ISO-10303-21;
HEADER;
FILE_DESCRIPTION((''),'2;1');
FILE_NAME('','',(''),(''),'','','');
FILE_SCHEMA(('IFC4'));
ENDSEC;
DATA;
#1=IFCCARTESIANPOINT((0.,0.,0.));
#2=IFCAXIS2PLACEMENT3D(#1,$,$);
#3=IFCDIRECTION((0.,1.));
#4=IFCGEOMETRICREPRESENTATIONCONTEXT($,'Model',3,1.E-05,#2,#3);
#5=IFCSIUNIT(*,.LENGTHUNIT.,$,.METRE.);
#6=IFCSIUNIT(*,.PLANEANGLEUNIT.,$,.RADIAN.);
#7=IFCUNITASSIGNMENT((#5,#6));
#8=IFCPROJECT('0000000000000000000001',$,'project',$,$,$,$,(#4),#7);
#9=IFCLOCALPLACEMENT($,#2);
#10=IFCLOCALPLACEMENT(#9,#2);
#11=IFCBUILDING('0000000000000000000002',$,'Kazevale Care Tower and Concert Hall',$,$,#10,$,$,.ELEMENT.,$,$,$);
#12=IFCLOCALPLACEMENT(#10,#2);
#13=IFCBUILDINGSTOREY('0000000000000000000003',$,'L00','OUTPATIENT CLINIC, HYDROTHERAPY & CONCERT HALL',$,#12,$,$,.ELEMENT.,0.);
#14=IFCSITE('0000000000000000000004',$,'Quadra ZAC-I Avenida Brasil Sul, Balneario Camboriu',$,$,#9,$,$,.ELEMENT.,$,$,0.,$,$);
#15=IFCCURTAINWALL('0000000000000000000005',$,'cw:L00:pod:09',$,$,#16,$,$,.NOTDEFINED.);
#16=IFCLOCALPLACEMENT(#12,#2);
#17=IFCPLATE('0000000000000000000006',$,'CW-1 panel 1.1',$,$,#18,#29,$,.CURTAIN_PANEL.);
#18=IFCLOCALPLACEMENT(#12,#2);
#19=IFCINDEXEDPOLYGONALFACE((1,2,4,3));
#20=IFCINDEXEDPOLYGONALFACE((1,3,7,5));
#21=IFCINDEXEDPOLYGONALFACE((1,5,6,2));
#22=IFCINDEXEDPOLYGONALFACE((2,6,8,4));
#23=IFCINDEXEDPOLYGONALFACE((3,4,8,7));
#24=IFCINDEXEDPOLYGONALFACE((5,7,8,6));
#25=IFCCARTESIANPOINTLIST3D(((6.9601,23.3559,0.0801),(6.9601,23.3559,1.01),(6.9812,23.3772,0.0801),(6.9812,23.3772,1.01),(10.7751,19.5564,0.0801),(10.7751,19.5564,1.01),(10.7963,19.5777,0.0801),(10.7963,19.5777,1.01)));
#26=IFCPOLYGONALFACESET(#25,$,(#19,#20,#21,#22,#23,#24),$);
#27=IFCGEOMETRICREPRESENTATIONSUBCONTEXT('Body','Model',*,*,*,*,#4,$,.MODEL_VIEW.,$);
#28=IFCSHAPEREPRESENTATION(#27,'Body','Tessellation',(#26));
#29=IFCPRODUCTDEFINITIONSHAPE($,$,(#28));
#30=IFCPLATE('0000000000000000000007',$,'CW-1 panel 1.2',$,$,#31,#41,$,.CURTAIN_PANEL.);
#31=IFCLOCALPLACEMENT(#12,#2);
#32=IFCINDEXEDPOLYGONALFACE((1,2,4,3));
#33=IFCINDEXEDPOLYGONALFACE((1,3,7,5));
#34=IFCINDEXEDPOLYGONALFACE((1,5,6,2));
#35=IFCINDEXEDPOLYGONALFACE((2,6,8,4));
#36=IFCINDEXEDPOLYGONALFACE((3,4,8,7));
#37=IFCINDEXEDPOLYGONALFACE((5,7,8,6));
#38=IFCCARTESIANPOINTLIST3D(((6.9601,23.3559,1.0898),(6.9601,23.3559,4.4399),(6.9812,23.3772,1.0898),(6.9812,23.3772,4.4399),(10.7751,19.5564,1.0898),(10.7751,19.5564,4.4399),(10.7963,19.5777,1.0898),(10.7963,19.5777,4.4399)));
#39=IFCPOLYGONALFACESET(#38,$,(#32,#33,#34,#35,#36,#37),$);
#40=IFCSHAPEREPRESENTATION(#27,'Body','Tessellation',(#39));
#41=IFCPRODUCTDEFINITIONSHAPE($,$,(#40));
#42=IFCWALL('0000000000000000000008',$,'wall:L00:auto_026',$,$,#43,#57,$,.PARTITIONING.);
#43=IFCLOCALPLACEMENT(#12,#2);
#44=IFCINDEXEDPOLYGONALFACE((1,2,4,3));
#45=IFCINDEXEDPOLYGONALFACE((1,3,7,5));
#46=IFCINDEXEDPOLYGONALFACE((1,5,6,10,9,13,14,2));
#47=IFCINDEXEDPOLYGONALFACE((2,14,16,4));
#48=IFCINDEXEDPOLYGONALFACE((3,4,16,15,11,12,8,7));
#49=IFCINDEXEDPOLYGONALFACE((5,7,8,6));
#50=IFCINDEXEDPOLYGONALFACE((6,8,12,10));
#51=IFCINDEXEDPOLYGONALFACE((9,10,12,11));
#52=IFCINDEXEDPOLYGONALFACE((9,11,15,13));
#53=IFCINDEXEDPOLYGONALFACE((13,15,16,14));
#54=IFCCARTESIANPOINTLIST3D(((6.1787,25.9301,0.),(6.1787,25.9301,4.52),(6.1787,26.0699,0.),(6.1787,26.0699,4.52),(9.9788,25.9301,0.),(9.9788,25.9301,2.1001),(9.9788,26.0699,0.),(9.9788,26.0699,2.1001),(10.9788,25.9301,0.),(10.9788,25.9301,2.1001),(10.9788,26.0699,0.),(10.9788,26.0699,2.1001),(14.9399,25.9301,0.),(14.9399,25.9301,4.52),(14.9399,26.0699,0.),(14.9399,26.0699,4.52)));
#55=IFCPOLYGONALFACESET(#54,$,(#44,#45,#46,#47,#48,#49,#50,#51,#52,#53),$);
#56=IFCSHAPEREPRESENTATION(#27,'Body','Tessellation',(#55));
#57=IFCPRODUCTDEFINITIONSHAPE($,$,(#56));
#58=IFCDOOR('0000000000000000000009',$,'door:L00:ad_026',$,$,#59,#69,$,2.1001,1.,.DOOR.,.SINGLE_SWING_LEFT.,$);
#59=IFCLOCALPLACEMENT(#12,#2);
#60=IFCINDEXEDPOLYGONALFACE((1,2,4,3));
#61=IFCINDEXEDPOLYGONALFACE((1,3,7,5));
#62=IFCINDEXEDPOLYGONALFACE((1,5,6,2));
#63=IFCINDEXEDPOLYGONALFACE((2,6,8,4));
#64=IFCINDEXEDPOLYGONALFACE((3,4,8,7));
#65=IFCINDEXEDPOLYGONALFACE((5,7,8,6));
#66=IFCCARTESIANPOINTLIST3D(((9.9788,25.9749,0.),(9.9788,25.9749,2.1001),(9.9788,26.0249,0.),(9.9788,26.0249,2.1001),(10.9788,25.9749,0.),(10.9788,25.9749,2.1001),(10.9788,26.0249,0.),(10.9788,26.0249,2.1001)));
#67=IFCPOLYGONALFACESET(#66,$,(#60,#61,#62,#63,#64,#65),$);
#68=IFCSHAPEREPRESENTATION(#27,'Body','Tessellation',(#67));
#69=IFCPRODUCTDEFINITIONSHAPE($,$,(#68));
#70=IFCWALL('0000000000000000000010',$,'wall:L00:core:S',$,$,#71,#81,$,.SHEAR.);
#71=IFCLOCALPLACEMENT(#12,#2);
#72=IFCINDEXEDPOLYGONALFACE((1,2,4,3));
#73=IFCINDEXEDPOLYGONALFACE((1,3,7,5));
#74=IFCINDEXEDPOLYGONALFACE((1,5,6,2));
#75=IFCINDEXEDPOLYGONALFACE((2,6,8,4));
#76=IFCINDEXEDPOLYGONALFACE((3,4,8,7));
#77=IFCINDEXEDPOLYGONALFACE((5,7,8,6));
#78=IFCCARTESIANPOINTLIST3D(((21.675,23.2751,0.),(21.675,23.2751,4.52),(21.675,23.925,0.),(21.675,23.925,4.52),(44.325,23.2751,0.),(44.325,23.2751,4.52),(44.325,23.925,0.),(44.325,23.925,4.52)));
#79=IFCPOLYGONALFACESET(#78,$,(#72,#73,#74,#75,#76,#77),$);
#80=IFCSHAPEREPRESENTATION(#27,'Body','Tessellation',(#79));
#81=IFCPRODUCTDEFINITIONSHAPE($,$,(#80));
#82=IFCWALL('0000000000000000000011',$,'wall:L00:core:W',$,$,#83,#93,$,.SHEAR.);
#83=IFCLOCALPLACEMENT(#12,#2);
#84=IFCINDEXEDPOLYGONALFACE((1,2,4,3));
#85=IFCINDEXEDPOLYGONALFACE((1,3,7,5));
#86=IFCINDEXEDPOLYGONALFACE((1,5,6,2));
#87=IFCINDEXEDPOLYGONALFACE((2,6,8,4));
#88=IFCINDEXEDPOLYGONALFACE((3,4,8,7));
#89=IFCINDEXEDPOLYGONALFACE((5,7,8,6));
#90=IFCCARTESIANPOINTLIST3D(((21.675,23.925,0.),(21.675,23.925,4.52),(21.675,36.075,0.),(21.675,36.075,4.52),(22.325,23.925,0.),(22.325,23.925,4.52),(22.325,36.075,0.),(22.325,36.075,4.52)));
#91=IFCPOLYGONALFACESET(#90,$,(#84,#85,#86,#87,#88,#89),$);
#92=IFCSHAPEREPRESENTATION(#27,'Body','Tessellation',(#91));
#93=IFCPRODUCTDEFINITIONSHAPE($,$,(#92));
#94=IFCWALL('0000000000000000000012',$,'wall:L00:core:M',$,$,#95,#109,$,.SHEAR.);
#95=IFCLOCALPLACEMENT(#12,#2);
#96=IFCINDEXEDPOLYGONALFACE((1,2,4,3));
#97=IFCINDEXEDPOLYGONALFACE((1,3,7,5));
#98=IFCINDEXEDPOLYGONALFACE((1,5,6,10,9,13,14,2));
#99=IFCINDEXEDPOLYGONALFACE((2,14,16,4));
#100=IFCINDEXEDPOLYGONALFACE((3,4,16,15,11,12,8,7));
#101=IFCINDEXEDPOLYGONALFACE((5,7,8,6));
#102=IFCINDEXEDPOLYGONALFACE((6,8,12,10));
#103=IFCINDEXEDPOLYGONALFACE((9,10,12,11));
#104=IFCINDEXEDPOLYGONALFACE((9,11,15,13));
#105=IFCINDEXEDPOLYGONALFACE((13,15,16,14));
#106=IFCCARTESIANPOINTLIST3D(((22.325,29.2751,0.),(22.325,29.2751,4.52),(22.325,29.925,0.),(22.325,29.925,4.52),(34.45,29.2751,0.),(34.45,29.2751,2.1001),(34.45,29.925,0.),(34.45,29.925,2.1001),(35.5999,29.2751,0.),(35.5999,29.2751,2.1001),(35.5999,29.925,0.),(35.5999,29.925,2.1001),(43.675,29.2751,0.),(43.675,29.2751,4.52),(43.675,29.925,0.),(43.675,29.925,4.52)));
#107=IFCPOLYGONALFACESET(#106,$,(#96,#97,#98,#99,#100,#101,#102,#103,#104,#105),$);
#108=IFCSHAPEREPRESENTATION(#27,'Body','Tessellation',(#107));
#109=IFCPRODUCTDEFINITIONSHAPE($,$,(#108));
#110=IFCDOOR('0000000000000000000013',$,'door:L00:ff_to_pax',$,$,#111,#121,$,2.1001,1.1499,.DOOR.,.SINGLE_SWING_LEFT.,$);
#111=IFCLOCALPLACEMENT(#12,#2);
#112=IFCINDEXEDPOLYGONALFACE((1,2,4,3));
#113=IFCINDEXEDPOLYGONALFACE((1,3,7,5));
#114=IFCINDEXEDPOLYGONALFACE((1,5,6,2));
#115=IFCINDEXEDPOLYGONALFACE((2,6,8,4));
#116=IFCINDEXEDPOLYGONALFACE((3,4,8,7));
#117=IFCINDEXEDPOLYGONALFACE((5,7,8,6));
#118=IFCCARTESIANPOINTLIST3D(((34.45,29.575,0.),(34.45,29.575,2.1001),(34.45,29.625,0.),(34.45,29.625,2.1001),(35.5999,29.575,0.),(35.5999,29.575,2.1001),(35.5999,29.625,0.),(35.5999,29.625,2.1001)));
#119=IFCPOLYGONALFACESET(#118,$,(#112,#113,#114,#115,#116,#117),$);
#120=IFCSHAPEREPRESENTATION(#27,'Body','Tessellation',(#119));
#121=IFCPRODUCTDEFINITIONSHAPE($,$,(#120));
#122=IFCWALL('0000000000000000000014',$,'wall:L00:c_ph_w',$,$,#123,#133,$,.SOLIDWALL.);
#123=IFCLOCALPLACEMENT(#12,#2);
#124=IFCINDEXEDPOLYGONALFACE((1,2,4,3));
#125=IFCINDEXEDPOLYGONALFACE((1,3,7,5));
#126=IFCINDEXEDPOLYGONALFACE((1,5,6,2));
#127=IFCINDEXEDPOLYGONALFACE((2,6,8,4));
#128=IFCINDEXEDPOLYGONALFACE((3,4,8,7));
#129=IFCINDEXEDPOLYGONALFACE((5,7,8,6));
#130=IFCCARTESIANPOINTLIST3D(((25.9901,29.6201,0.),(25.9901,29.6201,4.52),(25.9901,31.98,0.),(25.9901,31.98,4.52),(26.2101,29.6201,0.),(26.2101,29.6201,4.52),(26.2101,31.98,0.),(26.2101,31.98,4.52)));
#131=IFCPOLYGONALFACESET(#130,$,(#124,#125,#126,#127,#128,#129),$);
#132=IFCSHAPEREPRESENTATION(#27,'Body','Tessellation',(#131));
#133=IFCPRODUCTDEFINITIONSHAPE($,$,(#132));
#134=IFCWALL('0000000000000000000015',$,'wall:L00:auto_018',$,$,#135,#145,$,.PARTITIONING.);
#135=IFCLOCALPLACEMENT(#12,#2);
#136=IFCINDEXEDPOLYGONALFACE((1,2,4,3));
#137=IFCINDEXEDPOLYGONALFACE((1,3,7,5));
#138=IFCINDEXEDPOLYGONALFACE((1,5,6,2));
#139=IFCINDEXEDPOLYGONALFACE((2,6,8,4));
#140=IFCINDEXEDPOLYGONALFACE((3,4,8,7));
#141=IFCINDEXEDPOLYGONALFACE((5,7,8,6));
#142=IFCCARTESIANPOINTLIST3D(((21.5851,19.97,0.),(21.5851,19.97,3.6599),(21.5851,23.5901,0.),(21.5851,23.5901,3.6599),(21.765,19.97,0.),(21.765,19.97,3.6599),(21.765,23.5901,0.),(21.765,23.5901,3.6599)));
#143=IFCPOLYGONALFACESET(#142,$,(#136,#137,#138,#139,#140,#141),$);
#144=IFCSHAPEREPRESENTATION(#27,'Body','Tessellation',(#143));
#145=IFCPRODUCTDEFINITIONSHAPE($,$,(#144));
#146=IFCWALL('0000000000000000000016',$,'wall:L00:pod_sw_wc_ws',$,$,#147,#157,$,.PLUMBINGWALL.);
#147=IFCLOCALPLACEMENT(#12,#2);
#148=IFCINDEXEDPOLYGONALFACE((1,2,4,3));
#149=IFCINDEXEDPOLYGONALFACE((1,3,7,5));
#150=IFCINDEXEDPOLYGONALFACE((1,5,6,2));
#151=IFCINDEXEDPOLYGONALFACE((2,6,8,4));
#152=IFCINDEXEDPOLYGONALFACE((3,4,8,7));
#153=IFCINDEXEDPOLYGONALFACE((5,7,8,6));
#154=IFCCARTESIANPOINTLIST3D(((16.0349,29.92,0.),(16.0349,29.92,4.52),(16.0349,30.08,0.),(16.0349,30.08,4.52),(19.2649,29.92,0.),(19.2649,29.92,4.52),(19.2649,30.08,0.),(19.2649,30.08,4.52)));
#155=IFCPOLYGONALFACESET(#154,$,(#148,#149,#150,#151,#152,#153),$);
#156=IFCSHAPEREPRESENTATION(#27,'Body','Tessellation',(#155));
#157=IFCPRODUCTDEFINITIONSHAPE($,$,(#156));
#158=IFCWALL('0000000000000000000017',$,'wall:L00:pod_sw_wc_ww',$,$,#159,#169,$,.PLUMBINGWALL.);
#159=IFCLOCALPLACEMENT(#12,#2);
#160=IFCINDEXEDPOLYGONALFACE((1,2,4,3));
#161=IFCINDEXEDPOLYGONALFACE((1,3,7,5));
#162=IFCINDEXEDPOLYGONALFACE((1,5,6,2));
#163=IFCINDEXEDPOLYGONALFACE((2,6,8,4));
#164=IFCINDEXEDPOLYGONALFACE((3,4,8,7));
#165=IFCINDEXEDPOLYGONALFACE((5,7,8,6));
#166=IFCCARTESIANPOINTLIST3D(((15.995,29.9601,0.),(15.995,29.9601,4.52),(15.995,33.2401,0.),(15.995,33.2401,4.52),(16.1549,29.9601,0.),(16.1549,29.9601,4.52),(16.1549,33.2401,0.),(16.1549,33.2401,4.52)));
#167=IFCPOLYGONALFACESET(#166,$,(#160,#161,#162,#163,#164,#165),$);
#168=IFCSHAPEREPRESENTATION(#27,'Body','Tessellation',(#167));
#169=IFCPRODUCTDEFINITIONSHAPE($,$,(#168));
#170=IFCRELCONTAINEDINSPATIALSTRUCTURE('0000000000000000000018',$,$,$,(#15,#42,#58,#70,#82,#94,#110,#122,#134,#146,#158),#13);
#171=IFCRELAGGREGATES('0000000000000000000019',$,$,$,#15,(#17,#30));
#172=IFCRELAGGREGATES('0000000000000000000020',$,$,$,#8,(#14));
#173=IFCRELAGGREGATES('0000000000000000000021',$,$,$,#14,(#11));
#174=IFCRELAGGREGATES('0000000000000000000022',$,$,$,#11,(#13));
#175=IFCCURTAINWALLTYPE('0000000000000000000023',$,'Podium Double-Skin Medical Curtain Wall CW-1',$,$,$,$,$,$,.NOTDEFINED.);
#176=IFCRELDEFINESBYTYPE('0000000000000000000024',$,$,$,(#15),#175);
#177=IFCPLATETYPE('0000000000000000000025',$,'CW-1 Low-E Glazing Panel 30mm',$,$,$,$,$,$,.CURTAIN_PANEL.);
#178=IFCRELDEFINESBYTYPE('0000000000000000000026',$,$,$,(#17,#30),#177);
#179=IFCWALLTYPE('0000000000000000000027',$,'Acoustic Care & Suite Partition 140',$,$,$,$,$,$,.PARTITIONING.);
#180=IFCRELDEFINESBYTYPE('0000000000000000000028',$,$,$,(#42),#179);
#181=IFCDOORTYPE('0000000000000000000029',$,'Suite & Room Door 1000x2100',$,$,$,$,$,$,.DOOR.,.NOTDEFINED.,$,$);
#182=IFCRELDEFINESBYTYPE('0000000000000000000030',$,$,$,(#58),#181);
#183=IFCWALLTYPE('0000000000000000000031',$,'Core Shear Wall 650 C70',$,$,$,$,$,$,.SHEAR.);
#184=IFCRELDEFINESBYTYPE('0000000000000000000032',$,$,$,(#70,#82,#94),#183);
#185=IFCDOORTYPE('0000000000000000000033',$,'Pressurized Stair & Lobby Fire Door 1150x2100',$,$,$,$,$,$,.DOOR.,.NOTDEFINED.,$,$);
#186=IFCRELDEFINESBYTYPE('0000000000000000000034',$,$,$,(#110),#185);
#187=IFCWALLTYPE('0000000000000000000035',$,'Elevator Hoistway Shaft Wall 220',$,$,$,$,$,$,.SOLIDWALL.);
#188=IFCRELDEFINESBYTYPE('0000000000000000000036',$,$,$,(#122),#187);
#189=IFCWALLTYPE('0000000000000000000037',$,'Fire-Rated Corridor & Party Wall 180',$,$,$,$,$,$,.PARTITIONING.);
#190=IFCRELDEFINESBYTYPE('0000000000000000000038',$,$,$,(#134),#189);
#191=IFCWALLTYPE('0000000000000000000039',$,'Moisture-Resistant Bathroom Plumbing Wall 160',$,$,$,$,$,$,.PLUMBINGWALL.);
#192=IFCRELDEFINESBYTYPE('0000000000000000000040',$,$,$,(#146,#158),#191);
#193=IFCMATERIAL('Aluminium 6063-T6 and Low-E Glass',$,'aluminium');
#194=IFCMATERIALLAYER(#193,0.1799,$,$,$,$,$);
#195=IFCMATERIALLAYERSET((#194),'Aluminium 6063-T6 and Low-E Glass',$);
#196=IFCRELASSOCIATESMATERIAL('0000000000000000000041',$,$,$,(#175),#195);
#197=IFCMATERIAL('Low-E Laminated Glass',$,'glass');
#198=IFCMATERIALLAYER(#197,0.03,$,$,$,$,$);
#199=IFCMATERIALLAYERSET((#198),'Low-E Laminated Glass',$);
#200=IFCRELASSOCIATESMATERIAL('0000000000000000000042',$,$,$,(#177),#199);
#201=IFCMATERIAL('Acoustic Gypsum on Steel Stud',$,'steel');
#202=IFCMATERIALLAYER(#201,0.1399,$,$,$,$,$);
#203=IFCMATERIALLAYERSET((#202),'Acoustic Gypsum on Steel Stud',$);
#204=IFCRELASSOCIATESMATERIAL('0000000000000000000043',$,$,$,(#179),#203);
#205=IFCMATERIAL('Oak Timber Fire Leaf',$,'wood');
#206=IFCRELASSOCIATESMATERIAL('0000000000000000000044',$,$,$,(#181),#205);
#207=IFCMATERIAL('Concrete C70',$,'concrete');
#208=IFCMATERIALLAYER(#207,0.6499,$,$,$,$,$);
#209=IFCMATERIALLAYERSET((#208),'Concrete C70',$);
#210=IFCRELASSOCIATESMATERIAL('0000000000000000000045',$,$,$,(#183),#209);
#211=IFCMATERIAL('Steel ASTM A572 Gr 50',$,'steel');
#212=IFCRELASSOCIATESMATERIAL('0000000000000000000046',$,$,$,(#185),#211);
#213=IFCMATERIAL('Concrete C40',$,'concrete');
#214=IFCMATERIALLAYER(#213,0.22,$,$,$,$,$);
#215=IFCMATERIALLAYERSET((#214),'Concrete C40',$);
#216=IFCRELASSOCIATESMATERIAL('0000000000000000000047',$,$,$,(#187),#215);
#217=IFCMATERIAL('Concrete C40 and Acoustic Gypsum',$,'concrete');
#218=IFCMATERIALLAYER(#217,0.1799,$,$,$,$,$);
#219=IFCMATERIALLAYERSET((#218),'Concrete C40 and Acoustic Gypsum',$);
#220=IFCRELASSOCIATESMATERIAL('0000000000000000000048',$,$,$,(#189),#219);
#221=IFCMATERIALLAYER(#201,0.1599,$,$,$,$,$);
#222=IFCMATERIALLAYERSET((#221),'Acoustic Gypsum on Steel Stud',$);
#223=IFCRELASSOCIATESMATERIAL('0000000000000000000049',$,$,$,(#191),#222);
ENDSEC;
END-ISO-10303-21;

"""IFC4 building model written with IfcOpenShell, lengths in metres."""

from ifc_helpers import new_model, si_unit, direction, frame, frame_2d, origin, origin_2d, place, context, subcontext, project, spatial, rectangle, extrude, material, layer, layer_set, type_object, element, fill, aggregate, save


model = new_model("IFC4")

# Units and contexts
model_context = context("Model", 3, precision=1e-05, world=origin(), true_north=direction((0.0, 1.0)))
body_context = subcontext(model_context, "Body", "Model", "MODEL_VIEW")
ifc_project = project(units=[si_unit("LENGTHUNIT", "METRE"), si_unit("PLANEANGLEUNIT", "RADIAN")], contexts=[model_context])

# Site, building, storey
site_placement = place(None, origin())
site = spatial("IfcSite", under=ifc_project, at=site_placement, Name="Quadra ZAC-I Avenida Brasil Sul, Balneario Camboriu", CompositionType="ELEMENT", RefElevation=0.0)
building_placement = place(site_placement, origin())
building = spatial("IfcBuilding", under=site, at=building_placement, Name="Kazevale Care Tower and Concert Hall", CompositionType="ELEMENT")
storey_placement = place(building_placement, origin())
storey = spatial("IfcBuildingStorey", under=building, at=storey_placement, Name="L00", Description="OUTPATIENT CLINIC, HYDROTHERAPY & CONCERT HALL", CompositionType="ELEMENT", Elevation=0.0)

# Shared definitions
ifc_material_1 = material(Name="Concrete C70", Category="concrete")

# Curtain wall
ifc_material_2 = material(Name="Aluminium 6063-T6 and Low-E Glass", Category="aluminium")
ifc_layer_1 = layer(ifc_material_2, 0.1799)
ifc_layer_set_1 = layer_set([ifc_layer_1], Name="Aluminium 6063-T6 and Low-E Glass")
curtain_wall_type = type_object("IfcCurtainWallType", Name="Podium Double-Skin Medical Curtain Wall CW-1", PredefinedType="NOTDEFINED", material=ifc_layer_set_1)
curtain_wall_placement = place(storey_placement, origin())
curtain_wall = element("IfcCurtainWall", 1, at=curtain_wall_placement, inside=storey, type_object=curtain_wall_type, Name="cw:L00:pod:09", PredefinedType="NOTDEFINED")

# Shared definitions
ifc_material_3 = material(Name="Steel ASTM A572 Gr 50", Category="steel")

# Plates
ifc_material_4 = material(Name="Low-E Laminated Glass", Category="glass")
ifc_layer_2 = layer(ifc_material_4, 0.03)
ifc_layer_set_2 = layer_set([ifc_layer_2], Name="Low-E Laminated Glass")
plate_type = type_object("IfcPlateType", Name="CW-1 Low-E Glazing Panel 30mm", PredefinedType="CURTAIN_PANEL", material=ifc_layer_set_2)
plate_1_placement = place(storey_placement, frame((8.8782, 21.4668, 0.0801), z_axis=(0.0, 0.0, 1.0), x_axis=(0.708555, -0.705656, 0.0)))
plate_1 = element("IfcPlate", 2, at=plate_1_placement, type_object=plate_type, Name="CW-1 panel 1.1", PredefinedType="CURTAIN_PANEL", context=body_context, shape_type="SweptSolid", body=[
    extrude(rectangle(XDim=5.3843, YDim=0.03, at=origin_2d()), origin(), (0.0, 0.0, 1.0), 0.9299),
])
plate_2_placement = place(storey_placement, frame((8.8782, 21.4668, 1.0898), z_axis=(0.0, 0.0, 1.0), x_axis=(0.708555, -0.705656, 0.0)))
plate_2 = element("IfcPlate", 3, at=plate_2_placement, type_object=plate_type, Name="CW-1 panel 1.2", PredefinedType="CURTAIN_PANEL", context=body_context, shape_type="SweptSolid", body=[
    extrude(rectangle(XDim=5.3843, YDim=0.03, at=origin_2d()), origin(), (0.0, 0.0, 1.0), 3.3501),
])
aggregate(curtain_wall, [plate_1, plate_2])

# Wall, opening, door
ifc_material_5 = material(Name="Acoustic Gypsum on Steel Stud", Category="steel")
ifc_layer_3 = layer(ifc_material_5, 0.1399)
ifc_layer_set_3 = layer_set([ifc_layer_3], Name="Acoustic Gypsum on Steel Stud")
wall_type_1 = type_object("IfcWallType", Name="Acoustic Care & Suite Partition 140", PredefinedType="PARTITIONING", material=ifc_layer_set_3)
wall_1_placement = place(storey_placement, frame((6.1787, 26.0, 0.0), z_axis=(0.0, 0.0, 1.0), x_axis=(1.0, 0.0, 0.0)))
wall_1 = element("IfcWall", 4, at=wall_1_placement, inside=storey, type_object=wall_type_1, Name="wall:L00:auto_026", PredefinedType="PARTITIONING", context=body_context, shape_type="SweptSolid", body=[
    extrude(rectangle(XDim=8.7612, YDim=0.1399, at=frame_2d((4.3806, 0.0))), origin(), (0.0, 0.0, 1.0), 4.52),
])
opening_1_placement = place(wall_1_placement, frame((3.8, 0.0, 0.0)))
opening_1 = element("IfcOpeningElement", 5, at=opening_1_placement, cuts=wall_1, PredefinedType="OPENING", context=body_context, shape_type="SweptSolid", body=[
    extrude(rectangle(XDim=1.0, YDim=2.1001, at=frame_2d((0.5, 1.05))), frame((0.0, 0.0798, 0.0), z_axis=(0.0, -1.0, 0.0), x_axis=(1.0, 0.0, 0.0)), (0.0, 0.0, 1.0), 0.1599),
])
ifc_material_6 = material(Name="Oak Timber Fire Leaf", Category="wood")
door_type_1 = type_object("IfcDoorType", Name="Suite & Room Door 1000x2100", OperationType="NOTDEFINED", PredefinedType="DOOR", material=ifc_material_6)
door_1_placement = place(opening_1_placement, origin())
door_1 = element("IfcDoor", 6, at=door_1_placement, inside=storey, type_object=door_type_1, Name="door:L00:ad_026", OperationType="SINGLE_SWING_LEFT", OverallHeight=2.1001, OverallWidth=1.0, PredefinedType="DOOR", context=body_context, shape_type="SweptSolid", body=[
    extrude(rectangle(XDim=1.0, YDim=2.1001, at=frame_2d((0.5, 1.05))), frame((0.0, 0.0249, 0.0), z_axis=(0.0, -1.0, 0.0), x_axis=(1.0, 0.0, 0.0)), (0.0, 0.0, 1.0), 0.05),
])
fill(opening_1, door_1)

# Walls
ifc_layer_4 = layer(ifc_material_1, 0.6499)
ifc_layer_set_4 = layer_set([ifc_layer_4], Name="Concrete C70")
wall_type_2 = type_object("IfcWallType", Name="Core Shear Wall 650 C70", PredefinedType="SHEAR", material=ifc_layer_set_4)
wall_2_placement = place(storey_placement, frame((21.675, 23.6001, 0.0), z_axis=(0.0, 0.0, 1.0), x_axis=(1.0, 0.0, 0.0)))
element("IfcWall", 7, at=wall_2_placement, inside=storey, type_object=wall_type_2, Name="wall:L00:core:S", PredefinedType="SHEAR", context=body_context, shape_type="SweptSolid", body=[
    extrude(rectangle(XDim=22.6499, YDim=0.6499, at=frame_2d((11.325, 0.0))), origin(), (0.0, 0.0, 1.0), 4.52),
])
wall_3_placement = place(storey_placement, frame((22.0, 23.925, 0.0), z_axis=(0.0, 0.0, 1.0), x_axis=(0.0, 1.0, 0.0)))
element("IfcWall", 8, at=wall_3_placement, inside=storey, type_object=wall_type_2, Name="wall:L00:core:W", PredefinedType="SHEAR", context=body_context, shape_type="SweptSolid", body=[
    extrude(rectangle(XDim=12.1499, YDim=0.6499, at=frame_2d((6.075, 0.0))), origin(), (0.0, 0.0, 1.0), 4.52),
])

# Wall, opening, door
wall_4_placement = place(storey_placement, frame((22.325, 29.6001, 0.0), z_axis=(0.0, 0.0, 1.0), x_axis=(1.0, 0.0, 0.0)))
wall_4 = element("IfcWall", 9, at=wall_4_placement, inside=storey, type_object=wall_type_2, Name="wall:L00:core:M", PredefinedType="SHEAR", context=body_context, shape_type="SweptSolid", body=[
    extrude(rectangle(XDim=21.3501, YDim=0.6499, at=frame_2d((10.675, 0.0))), origin(), (0.0, 0.0, 1.0), 4.52),
])
opening_2_placement = place(wall_4_placement, frame((12.125, 0.0, 0.0)))
opening_2 = element("IfcOpeningElement", 10, at=opening_2_placement, cuts=wall_4, PredefinedType="OPENING", context=body_context, shape_type="SweptSolid", body=[
    extrude(rectangle(XDim=1.1499, YDim=2.1001, at=frame_2d((0.575, 1.05))), frame((0.0, 0.335, 0.0), z_axis=(0.0, -1.0, 0.0), x_axis=(1.0, 0.0, 0.0)), (0.0, 0.0, 1.0), 0.6699),
])
door_type_2 = type_object("IfcDoorType", Name="Pressurized Stair & Lobby Fire Door 1150x2100", OperationType="NOTDEFINED", PredefinedType="DOOR", material=ifc_material_3)
door_2_placement = place(opening_2_placement, origin())
door_2 = element("IfcDoor", 11, at=door_2_placement, inside=storey, type_object=door_type_2, Name="door:L00:ff_to_pax", OperationType="SINGLE_SWING_LEFT", OverallHeight=2.1001, OverallWidth=1.1499, PredefinedType="DOOR", context=body_context, shape_type="SweptSolid", body=[
    extrude(rectangle(XDim=1.1499, YDim=2.1001, at=frame_2d((0.575, 1.05))), frame((0.0, 0.0249, 0.0), z_axis=(0.0, -1.0, 0.0), x_axis=(1.0, 0.0, 0.0)), (0.0, 0.0, 1.0), 0.05),
])
fill(opening_2, door_2)

# Walls
ifc_material_7 = material(Name="Concrete C40", Category="concrete")
ifc_layer_5 = layer(ifc_material_7, 0.22)
ifc_layer_set_5 = layer_set([ifc_layer_5], Name="Concrete C40")
wall_type_3 = type_object("IfcWallType", Name="Elevator Hoistway Shaft Wall 220", PredefinedType="SOLIDWALL", material=ifc_layer_set_5)
wall_5_placement = place(storey_placement, frame((26.1001, 29.6201, 0.0), z_axis=(0.0, 0.0, 1.0), x_axis=(0.0, 1.0, 0.0)))
element("IfcWall", 12, at=wall_5_placement, inside=storey, type_object=wall_type_3, Name="wall:L00:c_ph_w", PredefinedType="SOLIDWALL", context=body_context, shape_type="SweptSolid", body=[
    extrude(rectangle(XDim=2.3599, YDim=0.22, at=frame_2d((1.1799, 0.0))), origin(), (0.0, 0.0, 1.0), 4.52),
])
ifc_material_8 = material(Name="Concrete C40 and Acoustic Gypsum", Category="concrete")
ifc_layer_6 = layer(ifc_material_8, 0.1799)
ifc_layer_set_6 = layer_set([ifc_layer_6], Name="Concrete C40 and Acoustic Gypsum")
wall_type_4 = type_object("IfcWallType", Name="Fire-Rated Corridor & Party Wall 180", PredefinedType="PARTITIONING", material=ifc_layer_set_6)
wall_6_placement = place(storey_placement, frame((21.675, 23.5901, 0.0), z_axis=(0.0, 0.0, 1.0), x_axis=(0.0, -1.0, 0.0)))
element("IfcWall", 13, at=wall_6_placement, inside=storey, type_object=wall_type_4, Name="wall:L00:auto_018", PredefinedType="PARTITIONING", context=body_context, shape_type="SweptSolid", body=[
    extrude(rectangle(XDim=3.6201, YDim=0.1799, at=frame_2d((1.8101, 0.0))), origin(), (0.0, 0.0, 1.0), 3.6599),
])
ifc_layer_7 = layer(ifc_material_5, 0.1599)
ifc_layer_set_7 = layer_set([ifc_layer_7], Name="Acoustic Gypsum on Steel Stud")
wall_type_5 = type_object("IfcWallType", Name="Moisture-Resistant Bathroom Plumbing Wall 160", PredefinedType="PLUMBINGWALL", material=ifc_layer_set_7)
wall_7_placement = place(storey_placement, frame((16.0349, 30.0, 0.0), z_axis=(0.0, 0.0, 1.0), x_axis=(1.0, 0.0, 0.0)))
element("IfcWall", 14, at=wall_7_placement, inside=storey, type_object=wall_type_5, Name="wall:L00:pod_sw_wc_ws", PredefinedType="PLUMBINGWALL", context=body_context, shape_type="SweptSolid", body=[
    extrude(rectangle(XDim=3.23, YDim=0.1599, at=frame_2d((1.615, 0.0))), origin(), (0.0, 0.0, 1.0), 4.52),
])
wall_8_placement = place(storey_placement, frame((16.075, 29.96, 0.0), z_axis=(0.0, 0.0, 1.0), x_axis=(0.0, 1.0, 0.0)))
element("IfcWall", 15, at=wall_8_placement, inside=storey, type_object=wall_type_5, Name="wall:L00:pod_sw_wc_ww", PredefinedType="PLUMBINGWALL", context=body_context, shape_type="SweptSolid", body=[
    extrude(rectangle(XDim=3.28, YDim=0.1599, at=frame_2d((1.6401, 0.0))), origin(), (0.0, 0.0, 1.0), 4.52),
])

save(model, "model.ifc")
